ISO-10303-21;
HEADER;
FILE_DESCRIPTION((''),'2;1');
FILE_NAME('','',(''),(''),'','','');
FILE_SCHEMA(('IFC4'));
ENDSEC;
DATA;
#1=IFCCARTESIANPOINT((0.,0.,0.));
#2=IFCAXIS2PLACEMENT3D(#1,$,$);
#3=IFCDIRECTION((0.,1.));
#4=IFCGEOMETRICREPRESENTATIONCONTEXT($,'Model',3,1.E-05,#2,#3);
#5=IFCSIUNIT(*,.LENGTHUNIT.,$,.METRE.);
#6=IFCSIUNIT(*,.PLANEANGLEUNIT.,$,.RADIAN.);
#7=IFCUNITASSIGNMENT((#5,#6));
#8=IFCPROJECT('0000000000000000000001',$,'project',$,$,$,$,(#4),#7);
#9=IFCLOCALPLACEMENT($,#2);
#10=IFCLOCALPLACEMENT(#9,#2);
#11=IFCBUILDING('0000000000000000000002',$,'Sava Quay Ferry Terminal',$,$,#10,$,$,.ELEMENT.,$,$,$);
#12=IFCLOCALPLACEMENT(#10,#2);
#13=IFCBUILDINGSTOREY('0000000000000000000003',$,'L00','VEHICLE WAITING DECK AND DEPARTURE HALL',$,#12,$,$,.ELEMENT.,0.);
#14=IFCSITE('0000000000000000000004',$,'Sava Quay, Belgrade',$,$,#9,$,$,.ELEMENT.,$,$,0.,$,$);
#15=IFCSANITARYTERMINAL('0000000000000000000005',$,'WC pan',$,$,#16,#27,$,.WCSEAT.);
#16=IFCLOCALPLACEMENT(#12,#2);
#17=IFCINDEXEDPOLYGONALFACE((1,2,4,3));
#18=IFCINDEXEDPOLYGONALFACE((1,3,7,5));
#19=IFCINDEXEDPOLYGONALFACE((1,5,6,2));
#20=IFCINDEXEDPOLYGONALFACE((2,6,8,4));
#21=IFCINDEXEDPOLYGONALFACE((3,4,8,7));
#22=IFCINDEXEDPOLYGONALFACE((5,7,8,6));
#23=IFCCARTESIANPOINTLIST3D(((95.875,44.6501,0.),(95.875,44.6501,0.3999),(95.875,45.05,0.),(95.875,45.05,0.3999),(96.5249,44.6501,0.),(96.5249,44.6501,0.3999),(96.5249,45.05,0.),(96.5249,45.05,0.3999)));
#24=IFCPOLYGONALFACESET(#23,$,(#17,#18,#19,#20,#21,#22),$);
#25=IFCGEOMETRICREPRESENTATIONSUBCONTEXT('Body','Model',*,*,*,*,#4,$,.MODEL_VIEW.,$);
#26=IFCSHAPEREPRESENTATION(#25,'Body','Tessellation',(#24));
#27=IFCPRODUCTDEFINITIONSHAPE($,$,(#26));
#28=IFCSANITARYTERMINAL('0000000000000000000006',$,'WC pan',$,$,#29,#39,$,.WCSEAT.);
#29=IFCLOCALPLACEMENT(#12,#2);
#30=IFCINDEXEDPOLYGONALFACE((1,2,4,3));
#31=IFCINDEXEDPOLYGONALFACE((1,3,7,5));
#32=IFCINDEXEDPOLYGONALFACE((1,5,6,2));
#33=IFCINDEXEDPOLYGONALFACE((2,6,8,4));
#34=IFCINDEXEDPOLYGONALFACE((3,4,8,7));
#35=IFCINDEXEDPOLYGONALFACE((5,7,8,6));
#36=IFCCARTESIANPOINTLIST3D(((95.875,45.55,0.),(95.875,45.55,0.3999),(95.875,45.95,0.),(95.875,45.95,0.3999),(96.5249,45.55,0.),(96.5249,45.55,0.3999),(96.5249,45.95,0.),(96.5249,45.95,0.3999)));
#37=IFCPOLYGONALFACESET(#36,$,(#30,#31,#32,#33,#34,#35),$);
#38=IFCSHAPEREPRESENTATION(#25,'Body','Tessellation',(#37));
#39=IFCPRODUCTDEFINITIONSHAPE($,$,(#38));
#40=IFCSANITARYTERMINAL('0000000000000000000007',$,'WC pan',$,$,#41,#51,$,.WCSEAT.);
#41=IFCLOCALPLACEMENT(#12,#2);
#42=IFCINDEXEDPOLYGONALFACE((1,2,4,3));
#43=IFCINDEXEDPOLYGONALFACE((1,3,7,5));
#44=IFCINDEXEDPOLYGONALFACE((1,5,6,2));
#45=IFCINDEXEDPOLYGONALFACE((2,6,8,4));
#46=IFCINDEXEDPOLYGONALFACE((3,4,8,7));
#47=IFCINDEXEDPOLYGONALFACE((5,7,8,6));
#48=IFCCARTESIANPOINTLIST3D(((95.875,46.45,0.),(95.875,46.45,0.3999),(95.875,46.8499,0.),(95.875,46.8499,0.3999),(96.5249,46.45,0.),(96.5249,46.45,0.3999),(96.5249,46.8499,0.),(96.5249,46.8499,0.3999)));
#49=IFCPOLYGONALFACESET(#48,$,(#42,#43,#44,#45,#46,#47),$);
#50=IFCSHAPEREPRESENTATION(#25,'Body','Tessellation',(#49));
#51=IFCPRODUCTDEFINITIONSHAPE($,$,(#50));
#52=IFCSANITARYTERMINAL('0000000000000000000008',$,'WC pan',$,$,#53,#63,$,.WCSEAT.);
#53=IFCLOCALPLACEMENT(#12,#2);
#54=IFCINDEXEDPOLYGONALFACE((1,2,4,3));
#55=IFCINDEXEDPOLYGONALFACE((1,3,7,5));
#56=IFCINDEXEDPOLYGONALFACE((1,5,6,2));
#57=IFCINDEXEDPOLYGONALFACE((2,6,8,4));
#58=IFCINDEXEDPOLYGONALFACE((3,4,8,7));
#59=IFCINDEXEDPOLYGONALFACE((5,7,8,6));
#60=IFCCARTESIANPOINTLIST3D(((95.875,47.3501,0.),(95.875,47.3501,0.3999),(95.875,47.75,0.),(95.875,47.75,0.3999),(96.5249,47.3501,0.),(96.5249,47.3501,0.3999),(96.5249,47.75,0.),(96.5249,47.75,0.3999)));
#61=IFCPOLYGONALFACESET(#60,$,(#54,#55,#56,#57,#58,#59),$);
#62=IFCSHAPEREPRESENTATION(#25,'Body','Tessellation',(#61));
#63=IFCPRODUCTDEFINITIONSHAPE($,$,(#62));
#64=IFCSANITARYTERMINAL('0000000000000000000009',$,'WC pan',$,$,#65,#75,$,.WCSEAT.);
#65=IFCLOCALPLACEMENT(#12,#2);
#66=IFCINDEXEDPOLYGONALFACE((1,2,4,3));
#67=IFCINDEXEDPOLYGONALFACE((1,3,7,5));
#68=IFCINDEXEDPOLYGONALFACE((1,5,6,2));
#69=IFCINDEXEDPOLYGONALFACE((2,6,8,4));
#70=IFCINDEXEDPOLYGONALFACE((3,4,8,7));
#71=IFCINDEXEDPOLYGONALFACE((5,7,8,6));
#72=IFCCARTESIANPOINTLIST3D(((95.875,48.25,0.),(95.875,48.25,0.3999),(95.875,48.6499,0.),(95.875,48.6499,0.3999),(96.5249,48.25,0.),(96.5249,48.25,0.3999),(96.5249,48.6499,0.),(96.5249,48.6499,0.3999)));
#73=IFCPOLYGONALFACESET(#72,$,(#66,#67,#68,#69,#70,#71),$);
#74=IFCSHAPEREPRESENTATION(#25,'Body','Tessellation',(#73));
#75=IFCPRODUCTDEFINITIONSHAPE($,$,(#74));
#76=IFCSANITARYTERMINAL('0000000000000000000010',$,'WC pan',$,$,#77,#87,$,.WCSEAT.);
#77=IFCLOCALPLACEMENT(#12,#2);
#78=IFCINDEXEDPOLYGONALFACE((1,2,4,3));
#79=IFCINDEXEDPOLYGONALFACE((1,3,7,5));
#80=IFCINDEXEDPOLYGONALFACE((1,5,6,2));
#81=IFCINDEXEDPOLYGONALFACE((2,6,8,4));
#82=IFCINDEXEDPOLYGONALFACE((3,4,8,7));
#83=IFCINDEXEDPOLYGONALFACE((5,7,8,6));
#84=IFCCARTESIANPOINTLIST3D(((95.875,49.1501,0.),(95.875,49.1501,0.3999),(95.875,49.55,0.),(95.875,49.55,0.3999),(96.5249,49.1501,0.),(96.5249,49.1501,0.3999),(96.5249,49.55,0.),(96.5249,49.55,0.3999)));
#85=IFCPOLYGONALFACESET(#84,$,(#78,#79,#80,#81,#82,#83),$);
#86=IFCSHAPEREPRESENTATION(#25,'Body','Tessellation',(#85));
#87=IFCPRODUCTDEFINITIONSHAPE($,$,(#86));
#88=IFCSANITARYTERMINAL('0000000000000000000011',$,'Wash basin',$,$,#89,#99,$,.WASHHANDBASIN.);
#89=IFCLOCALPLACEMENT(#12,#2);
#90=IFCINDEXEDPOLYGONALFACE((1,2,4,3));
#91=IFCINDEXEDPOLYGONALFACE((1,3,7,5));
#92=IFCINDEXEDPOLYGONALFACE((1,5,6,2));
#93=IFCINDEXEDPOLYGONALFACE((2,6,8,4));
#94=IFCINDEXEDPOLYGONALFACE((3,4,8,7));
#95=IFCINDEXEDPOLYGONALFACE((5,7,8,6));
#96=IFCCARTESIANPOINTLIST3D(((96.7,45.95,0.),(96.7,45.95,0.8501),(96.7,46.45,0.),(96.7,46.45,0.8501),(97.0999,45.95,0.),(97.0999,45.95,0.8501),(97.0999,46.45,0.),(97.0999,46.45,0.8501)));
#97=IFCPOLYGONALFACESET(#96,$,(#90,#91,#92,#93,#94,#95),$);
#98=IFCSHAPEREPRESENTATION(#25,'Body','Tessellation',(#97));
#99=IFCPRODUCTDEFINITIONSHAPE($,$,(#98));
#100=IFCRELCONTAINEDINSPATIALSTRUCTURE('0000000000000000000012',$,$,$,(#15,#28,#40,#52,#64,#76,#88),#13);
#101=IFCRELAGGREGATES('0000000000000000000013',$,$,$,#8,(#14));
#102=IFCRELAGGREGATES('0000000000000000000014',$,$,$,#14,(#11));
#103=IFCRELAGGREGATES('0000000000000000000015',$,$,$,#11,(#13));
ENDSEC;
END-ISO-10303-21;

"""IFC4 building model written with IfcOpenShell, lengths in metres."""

from ifc_helpers import new_model, si_unit, direction, frame, origin, origin_2d, place, context, subcontext, project, spatial, rectangle, extrude, element, save


model = new_model("IFC4")

# Units and contexts
model_context = context("Model", 3, precision=1e-05, world=origin(), true_north=direction((0.0, 1.0)))
body_context = subcontext(model_context, "Body", "Model", "MODEL_VIEW")
ifc_project = project(units=[si_unit("LENGTHUNIT", "METRE"), si_unit("PLANEANGLEUNIT", "RADIAN")], contexts=[model_context])

# Site, building, storey
site_placement = place(None, origin())
site = spatial("IfcSite", under=ifc_project, at=site_placement, Name="Sava Quay, Belgrade", CompositionType="ELEMENT", RefElevation=0.0)
building_placement = place(site_placement, origin())
building = spatial("IfcBuilding", under=site, at=building_placement, Name="Sava Quay Ferry Terminal", CompositionType="ELEMENT")
storey_placement = place(building_placement, origin())
storey = spatial("IfcBuildingStorey", under=building, at=storey_placement, Name="L00", Description="VEHICLE WAITING DECK AND DEPARTURE HALL", CompositionType="ELEMENT", Elevation=0.0)

# Sanitary terminals
for number, where, z_axis, x_axis, name in (
    (1, (96.2, 44.8501, 0.0), (0.0, 0.0, 1.0), (1.0, 0.0, 0.0), "WC pan"),
    (2, (96.2, 45.75, 0.0), (0.0, 0.0, 1.0), (1.0, 0.0, 0.0), "WC pan"),
    (3, (96.2, 46.6499, 0.0), (0.0, 0.0, 1.0), (1.0, 0.0, 0.0), "WC pan"),
    (4, (96.2, 47.55, 0.0), (0.0, 0.0, 1.0), (1.0, 0.0, 0.0), "WC pan"),
    (5, (96.2, 48.45, 0.0), (0.0, 0.0, 1.0), (1.0, 0.0, 0.0), "WC pan"),
    (6, (96.2, 49.3501, 0.0), (0.0, 0.0, 1.0), (1.0, 0.0, 0.0), "WC pan"),
):
    element("IfcSanitaryTerminal", number, at=place(storey_placement, frame(where, z_axis=z_axis, x_axis=x_axis)), inside=storey, Name=name, PredefinedType="WCSEAT", context=body_context, shape_type="SweptSolid", body=[
        extrude(rectangle(XDim=0.6499, YDim=0.3999, at=origin_2d()), origin(), (0.0, 0.0, 1.0), 0.3999),
    ])
sanitary_terminal_placement = place(storey_placement, frame((96.8999, 46.2, 0.0), z_axis=(0.0, 0.0, 1.0), x_axis=(1.0, 0.0, 0.0)))
element("IfcSanitaryTerminal", 7, at=sanitary_terminal_placement, inside=storey, Name="Wash basin", PredefinedType="WASHHANDBASIN", context=body_context, shape_type="SweptSolid", body=[
    extrude(rectangle(XDim=0.3999, YDim=0.5, at=origin_2d()), origin(), (0.0, 0.0, 1.0), 0.8501),
])

save(model, "model.ifc")
